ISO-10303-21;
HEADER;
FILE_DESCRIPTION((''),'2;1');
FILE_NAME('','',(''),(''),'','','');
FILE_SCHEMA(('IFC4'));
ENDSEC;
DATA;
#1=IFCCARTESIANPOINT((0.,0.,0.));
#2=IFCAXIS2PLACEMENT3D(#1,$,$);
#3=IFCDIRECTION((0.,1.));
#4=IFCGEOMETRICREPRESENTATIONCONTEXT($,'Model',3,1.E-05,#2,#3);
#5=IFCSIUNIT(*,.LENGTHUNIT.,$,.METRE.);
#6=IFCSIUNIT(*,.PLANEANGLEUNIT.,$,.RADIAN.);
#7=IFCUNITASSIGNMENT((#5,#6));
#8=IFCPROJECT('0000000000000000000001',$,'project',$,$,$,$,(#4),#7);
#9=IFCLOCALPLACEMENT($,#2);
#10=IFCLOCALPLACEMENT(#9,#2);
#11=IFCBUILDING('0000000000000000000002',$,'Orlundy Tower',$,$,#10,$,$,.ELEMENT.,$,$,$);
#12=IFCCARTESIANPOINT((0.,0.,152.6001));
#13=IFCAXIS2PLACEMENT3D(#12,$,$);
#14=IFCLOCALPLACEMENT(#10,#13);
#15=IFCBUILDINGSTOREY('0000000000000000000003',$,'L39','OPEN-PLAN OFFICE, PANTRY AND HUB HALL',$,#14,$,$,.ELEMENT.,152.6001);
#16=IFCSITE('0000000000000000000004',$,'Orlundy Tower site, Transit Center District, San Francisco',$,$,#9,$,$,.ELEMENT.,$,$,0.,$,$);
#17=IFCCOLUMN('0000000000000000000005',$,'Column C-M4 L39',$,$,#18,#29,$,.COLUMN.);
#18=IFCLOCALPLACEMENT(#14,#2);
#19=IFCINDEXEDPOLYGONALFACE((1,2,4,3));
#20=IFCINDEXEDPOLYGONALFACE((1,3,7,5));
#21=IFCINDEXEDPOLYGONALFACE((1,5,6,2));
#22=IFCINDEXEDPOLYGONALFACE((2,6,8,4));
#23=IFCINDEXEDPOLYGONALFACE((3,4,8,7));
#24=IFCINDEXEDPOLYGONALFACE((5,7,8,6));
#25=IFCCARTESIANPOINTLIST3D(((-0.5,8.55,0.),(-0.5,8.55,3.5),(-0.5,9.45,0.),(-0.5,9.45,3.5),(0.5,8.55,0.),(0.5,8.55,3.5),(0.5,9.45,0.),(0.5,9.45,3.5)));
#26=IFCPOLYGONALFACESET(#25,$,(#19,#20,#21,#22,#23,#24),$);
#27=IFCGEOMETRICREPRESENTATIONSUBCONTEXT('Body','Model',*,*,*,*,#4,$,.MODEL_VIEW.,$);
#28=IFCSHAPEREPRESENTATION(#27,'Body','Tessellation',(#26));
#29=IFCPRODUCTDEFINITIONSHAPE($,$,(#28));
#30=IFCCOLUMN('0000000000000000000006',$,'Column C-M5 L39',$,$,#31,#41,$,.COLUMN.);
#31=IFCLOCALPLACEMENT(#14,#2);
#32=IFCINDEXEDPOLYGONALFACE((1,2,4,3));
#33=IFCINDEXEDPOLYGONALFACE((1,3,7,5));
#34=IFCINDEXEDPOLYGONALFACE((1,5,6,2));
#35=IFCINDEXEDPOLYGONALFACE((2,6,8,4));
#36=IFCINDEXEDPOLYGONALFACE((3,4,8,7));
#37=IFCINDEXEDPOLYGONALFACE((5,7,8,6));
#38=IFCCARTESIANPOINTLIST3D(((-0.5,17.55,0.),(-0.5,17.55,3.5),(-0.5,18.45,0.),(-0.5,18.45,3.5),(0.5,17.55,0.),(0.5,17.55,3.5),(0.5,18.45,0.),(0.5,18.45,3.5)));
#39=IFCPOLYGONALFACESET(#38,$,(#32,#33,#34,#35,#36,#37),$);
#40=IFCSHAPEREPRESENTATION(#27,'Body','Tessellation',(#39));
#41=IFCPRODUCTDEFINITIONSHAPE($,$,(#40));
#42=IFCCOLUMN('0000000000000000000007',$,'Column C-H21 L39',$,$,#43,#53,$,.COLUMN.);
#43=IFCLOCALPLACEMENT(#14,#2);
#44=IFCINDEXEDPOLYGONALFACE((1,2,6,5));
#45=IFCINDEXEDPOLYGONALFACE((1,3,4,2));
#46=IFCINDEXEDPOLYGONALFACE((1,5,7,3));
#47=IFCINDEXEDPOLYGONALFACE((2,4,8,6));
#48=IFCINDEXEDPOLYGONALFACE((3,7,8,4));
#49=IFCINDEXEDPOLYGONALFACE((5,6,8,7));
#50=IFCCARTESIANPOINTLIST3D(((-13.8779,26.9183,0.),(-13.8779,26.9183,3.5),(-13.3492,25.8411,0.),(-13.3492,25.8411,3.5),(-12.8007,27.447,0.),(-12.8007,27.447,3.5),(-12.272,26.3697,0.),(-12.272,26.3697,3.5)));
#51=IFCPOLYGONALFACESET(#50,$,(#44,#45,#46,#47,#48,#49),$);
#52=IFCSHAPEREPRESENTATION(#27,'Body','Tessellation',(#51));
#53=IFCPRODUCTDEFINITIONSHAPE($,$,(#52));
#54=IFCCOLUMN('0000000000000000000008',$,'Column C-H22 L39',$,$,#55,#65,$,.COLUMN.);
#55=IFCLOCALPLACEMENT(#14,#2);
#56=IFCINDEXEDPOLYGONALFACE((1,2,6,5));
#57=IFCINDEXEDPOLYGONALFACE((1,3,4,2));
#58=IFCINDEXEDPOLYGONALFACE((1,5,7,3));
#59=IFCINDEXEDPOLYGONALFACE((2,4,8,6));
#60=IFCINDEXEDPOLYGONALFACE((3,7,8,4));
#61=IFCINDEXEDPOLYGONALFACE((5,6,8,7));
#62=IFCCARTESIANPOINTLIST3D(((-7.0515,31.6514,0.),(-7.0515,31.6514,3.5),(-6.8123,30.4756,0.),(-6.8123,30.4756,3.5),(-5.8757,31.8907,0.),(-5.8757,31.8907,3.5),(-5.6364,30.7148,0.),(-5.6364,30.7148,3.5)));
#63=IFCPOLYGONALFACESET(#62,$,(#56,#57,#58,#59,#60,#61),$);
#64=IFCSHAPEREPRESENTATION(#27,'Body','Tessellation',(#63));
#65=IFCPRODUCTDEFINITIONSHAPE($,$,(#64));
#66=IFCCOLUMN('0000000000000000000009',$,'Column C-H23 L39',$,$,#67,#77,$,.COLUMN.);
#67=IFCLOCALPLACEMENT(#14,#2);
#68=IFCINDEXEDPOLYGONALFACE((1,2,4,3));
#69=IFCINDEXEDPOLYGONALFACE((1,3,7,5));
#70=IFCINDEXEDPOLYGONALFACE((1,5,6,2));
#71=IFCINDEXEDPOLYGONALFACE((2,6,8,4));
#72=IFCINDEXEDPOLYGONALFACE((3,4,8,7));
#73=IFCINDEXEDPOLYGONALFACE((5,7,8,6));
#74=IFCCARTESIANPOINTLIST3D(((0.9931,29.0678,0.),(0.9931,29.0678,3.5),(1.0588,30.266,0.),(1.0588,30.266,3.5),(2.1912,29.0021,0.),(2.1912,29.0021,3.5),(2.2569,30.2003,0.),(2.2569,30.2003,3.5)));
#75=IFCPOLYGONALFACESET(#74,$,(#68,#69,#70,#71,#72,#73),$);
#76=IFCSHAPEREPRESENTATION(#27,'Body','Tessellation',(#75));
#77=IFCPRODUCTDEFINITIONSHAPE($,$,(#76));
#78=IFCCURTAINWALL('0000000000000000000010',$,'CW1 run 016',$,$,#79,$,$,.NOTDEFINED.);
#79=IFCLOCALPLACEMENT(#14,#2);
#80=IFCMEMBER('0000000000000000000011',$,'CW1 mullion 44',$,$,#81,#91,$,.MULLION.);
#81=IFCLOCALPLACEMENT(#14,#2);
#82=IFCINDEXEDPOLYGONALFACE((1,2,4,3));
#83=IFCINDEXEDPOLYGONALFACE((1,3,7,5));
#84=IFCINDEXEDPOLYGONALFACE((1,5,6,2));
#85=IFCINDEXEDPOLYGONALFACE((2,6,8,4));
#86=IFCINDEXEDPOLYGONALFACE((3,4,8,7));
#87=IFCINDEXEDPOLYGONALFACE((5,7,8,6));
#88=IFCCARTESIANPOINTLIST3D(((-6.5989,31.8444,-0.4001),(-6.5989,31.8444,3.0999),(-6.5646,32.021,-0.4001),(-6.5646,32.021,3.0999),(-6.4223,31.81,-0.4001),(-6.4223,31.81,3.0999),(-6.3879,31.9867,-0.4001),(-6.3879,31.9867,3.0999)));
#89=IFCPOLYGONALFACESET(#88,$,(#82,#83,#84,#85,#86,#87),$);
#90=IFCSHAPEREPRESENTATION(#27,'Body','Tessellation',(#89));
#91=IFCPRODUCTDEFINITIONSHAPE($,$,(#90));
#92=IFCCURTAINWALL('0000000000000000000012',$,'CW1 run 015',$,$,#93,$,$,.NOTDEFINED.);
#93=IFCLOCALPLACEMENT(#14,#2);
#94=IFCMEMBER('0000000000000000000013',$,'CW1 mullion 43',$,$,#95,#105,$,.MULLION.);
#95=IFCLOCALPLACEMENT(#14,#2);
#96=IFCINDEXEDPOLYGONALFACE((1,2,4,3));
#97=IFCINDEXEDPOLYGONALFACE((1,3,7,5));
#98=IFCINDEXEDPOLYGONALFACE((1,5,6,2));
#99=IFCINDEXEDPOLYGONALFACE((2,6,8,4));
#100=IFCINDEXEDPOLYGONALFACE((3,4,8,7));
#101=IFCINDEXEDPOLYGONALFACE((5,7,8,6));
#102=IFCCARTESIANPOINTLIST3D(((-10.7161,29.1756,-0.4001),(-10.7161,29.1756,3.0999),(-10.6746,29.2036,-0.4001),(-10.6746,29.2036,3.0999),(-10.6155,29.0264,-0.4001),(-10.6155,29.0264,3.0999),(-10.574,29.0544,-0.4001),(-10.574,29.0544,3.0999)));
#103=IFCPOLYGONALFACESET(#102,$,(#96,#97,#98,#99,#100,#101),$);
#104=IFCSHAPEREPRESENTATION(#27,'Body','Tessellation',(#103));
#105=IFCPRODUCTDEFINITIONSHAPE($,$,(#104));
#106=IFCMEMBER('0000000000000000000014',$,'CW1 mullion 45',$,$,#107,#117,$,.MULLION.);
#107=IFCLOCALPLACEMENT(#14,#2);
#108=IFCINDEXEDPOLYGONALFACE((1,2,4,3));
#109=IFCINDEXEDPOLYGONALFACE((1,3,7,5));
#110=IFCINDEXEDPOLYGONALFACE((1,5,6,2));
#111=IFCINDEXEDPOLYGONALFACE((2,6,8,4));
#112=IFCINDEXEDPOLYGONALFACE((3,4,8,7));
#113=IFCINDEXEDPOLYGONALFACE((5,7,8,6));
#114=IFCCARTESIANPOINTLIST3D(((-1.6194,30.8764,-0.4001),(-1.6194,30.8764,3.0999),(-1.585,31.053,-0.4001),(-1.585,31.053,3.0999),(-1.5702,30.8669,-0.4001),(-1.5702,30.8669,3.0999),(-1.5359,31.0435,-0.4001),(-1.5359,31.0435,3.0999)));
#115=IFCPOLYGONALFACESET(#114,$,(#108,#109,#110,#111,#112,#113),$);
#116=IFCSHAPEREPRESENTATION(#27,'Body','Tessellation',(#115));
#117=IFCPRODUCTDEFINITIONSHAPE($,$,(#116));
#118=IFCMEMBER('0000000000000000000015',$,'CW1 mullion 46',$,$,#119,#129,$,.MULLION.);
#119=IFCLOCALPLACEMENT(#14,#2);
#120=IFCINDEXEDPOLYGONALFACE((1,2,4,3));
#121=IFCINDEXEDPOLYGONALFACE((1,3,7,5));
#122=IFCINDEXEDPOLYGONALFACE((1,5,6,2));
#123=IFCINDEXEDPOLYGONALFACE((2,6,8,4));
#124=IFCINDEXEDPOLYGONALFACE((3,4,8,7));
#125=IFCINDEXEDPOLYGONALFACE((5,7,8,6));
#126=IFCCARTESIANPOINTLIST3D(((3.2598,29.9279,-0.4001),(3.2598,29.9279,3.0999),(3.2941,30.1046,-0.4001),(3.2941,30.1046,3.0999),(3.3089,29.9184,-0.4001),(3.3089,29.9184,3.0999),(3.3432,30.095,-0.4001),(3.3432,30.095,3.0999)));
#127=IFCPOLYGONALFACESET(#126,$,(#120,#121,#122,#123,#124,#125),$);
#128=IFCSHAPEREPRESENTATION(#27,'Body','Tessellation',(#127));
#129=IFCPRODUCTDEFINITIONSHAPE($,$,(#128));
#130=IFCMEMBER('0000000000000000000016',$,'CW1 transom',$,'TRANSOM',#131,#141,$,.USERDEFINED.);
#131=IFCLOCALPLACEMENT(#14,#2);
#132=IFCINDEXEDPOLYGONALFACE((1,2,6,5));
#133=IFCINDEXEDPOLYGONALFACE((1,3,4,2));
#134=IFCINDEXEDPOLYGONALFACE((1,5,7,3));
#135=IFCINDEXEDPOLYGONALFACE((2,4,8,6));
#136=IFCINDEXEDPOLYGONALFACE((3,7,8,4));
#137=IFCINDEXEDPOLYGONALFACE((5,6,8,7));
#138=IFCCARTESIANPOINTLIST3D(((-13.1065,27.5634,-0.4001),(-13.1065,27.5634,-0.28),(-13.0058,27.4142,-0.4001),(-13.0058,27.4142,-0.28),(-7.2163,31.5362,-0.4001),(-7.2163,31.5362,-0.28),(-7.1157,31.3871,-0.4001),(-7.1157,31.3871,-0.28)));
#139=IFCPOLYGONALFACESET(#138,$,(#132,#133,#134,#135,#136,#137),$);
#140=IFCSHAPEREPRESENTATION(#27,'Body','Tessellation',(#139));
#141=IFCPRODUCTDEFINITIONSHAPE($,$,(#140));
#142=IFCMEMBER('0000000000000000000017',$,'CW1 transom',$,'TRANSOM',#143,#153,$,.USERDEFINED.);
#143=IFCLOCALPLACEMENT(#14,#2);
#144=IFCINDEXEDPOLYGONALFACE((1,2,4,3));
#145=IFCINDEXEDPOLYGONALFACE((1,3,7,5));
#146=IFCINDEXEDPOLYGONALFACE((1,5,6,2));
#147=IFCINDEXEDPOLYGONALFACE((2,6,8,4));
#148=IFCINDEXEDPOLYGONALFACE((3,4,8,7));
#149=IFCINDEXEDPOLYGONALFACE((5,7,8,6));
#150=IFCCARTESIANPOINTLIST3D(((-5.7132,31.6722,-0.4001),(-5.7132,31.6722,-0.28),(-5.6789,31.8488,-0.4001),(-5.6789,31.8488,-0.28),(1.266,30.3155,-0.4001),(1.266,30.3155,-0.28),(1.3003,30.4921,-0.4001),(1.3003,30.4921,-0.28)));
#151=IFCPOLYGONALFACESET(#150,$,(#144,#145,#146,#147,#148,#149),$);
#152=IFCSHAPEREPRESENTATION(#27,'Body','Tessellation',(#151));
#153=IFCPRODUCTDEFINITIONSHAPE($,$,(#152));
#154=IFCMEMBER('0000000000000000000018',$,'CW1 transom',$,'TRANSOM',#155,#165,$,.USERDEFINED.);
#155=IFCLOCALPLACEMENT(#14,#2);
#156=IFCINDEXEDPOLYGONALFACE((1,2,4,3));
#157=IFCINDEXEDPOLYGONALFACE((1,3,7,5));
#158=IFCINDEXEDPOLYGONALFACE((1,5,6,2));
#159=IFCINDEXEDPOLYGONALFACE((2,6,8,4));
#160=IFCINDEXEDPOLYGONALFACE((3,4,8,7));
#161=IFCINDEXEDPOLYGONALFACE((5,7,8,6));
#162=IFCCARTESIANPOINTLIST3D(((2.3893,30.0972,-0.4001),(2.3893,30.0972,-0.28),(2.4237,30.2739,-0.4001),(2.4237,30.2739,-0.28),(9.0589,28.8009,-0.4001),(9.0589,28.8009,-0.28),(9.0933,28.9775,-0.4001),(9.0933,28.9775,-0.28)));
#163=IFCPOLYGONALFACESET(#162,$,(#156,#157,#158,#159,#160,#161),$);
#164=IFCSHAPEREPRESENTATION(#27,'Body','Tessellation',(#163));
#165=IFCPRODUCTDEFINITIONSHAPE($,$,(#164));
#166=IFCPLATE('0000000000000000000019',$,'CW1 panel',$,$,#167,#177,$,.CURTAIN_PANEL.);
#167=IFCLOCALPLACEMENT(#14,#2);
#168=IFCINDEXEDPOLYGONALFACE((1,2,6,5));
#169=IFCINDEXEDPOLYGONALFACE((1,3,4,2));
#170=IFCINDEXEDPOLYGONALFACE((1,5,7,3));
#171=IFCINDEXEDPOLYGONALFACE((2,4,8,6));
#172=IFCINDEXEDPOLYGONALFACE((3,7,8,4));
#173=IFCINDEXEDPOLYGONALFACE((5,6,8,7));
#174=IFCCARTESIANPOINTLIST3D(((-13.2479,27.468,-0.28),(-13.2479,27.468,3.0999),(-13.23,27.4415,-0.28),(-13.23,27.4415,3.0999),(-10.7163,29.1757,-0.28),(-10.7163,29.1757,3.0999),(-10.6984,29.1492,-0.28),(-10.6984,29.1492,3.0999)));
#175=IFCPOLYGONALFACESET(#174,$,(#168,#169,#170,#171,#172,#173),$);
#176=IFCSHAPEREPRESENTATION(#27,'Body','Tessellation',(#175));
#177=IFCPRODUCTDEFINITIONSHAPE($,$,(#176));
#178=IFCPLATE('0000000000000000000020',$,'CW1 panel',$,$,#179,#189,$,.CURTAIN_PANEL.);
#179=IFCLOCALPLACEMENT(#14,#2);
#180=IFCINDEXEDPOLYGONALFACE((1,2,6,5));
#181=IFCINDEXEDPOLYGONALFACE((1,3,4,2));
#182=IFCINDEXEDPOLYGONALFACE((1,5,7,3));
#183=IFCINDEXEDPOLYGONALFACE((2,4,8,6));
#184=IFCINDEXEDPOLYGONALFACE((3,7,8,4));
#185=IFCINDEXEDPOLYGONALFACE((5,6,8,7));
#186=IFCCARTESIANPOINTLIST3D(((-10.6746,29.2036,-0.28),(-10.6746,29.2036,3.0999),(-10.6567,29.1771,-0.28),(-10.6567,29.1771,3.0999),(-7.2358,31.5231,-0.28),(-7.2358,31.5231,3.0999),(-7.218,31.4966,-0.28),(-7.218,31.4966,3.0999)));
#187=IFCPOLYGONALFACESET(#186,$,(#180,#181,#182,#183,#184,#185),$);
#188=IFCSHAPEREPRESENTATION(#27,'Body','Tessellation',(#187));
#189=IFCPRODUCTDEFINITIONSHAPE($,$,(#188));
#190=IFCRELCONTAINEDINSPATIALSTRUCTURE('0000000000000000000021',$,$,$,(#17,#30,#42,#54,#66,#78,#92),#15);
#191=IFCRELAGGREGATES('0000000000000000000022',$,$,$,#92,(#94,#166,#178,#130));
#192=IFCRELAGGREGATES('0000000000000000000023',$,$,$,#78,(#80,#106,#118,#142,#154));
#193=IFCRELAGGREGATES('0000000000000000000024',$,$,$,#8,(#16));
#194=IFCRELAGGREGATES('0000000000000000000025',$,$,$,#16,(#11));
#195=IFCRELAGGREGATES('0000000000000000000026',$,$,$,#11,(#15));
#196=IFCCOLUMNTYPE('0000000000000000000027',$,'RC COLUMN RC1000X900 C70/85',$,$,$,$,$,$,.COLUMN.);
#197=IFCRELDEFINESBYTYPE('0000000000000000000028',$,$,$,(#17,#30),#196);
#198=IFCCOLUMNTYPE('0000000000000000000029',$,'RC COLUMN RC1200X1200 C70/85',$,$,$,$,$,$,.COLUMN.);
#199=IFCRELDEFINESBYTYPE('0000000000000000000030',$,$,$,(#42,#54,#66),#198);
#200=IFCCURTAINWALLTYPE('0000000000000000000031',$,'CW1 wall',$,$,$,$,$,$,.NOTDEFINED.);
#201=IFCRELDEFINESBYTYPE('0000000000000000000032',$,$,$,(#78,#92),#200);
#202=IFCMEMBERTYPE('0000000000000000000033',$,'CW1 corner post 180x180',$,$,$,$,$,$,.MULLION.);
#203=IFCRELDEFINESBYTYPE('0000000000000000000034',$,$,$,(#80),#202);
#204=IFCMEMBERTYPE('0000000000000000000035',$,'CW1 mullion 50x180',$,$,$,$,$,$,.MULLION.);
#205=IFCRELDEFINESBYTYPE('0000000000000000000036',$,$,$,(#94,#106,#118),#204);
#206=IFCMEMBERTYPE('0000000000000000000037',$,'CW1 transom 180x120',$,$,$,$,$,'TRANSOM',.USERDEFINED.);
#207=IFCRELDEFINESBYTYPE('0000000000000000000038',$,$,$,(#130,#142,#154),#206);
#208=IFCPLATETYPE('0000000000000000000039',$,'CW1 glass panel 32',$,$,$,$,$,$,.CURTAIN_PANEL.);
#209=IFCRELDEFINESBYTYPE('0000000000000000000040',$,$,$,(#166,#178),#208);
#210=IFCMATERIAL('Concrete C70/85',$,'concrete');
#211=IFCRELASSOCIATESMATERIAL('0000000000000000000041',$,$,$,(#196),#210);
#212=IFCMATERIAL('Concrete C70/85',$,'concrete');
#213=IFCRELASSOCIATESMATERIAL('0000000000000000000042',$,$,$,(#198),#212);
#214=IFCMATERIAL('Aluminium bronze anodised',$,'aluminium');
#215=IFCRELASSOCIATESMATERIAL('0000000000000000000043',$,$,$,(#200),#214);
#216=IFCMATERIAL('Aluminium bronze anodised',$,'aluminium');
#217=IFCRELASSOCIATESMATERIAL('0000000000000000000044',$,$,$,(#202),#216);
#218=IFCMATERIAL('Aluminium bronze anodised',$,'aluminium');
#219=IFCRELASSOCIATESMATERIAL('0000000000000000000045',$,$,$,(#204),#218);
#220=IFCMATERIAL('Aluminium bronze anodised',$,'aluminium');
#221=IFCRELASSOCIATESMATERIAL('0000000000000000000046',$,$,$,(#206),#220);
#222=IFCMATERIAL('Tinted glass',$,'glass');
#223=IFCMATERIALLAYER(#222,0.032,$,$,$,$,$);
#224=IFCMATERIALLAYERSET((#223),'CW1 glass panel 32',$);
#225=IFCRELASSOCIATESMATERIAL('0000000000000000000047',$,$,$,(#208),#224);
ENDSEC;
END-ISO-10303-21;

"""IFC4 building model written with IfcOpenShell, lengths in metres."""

from ifc_helpers import new_model, si_unit, direction, frame, origin, origin_2d, place, context, subcontext, project, spatial, rectangle, extrude, material, layer, layer_set, material_profile, profile_set, type_object, element, aggregate, save


model = new_model("IFC4")

# Units and contexts
model_context = context("Model", 3, precision=1e-05, world=origin(), true_north=direction((0.0, 1.0)))
body_context = subcontext(model_context, "Body", "Model", "MODEL_VIEW")
ifc_project = project(units=[si_unit("LENGTHUNIT", "METRE"), si_unit("PLANEANGLEUNIT", "RADIAN")], contexts=[model_context])

# Site, building, storey
site_placement = place(None, origin())
site = spatial("IfcSite", under=ifc_project, at=site_placement, Name="Orlundy Tower site, Transit Center District, San Francisco", CompositionType="ELEMENT", RefElevation=0.0)
building_placement = place(site_placement, origin())
building = spatial("IfcBuilding", under=site, at=building_placement, Name="Orlundy Tower", CompositionType="ELEMENT")
storey_placement = place(building_placement, frame((0.0, 0.0, 152.6001)))
storey = spatial("IfcBuildingStorey", under=building, at=storey_placement, Name="L39", Description="OPEN-PLAN OFFICE, PANTRY AND HUB HALL", CompositionType="ELEMENT", Elevation=152.6001)

# Columns
ifc_material_1 = material(Name="Concrete C70/85", Category="concrete")
ifc_material_profile_1 = material_profile(ifc_material_1, rectangle(XDim=1.0, YDim=0.8999, at=origin_2d()), Name="RC1000X900")
ifc_profile_set_1 = profile_set([ifc_material_profile_1], Name="Concrete C70/85")
column_type_1 = type_object("IfcColumnType", Name="RC COLUMN RC1000X900 C70/85", PredefinedType="COLUMN", material=ifc_profile_set_1)
for number, where, z_axis, x_axis, name in (
    (1, (0.0, 9.0, 0.0), (0.0, 0.0, 1.0), (1.0, 0.0, 0.0), "Column C-M4 L39"),
    (2, (0.0, 18.0, 0.0), (0.0, 0.0, 1.0), (1.0, 0.0, 0.0), "Column C-M5 L39"),
):
    element("IfcColumn", number, at=place(storey_placement, frame(where, z_axis=z_axis, x_axis=x_axis)), inside=storey, type_object=column_type_1, Name=name, PredefinedType="COLUMN", context=body_context, shape_type="SweptSolid", body=[
        extrude(rectangle(XDim=1.0, YDim=0.8999, at=origin_2d()), origin(), (0.0, 0.0, 1.0), 3.5),
    ])
ifc_material_2 = material(Name="Concrete C70/85", Category="concrete")
ifc_material_profile_2 = material_profile(ifc_material_2, rectangle(XDim=1.2, YDim=1.2, at=origin_2d()), Name="RC1200X1200")
ifc_profile_set_2 = profile_set([ifc_material_profile_2], Name="Concrete C70/85")
column_type_2 = type_object("IfcColumnType", Name="RC COLUMN RC1200X1200 C70/85", PredefinedType="COLUMN", material=ifc_profile_set_2)
for number, where, z_axis, x_axis, name in (
    (3, (-13.075, 26.644, 0.0), (0.0, 0.0, 1.0), (-0.44055, 0.897728, 0.0), "Column C-H21 L39"),
    (4, (-6.344, 31.1831, 0.0), (0.0, 0.0, 1.0), (-0.199368, 0.979925, 0.0), "Column C-H22 L39"),
    (5, (1.625, 29.634, 0.0), (0.0, 0.0, 1.0), (0.054758, 0.9985, 0.0), "Column C-H23 L39"),
):
    element("IfcColumn", number, at=place(storey_placement, frame(where, z_axis=z_axis, x_axis=x_axis)), inside=storey, type_object=column_type_2, Name=name, PredefinedType="COLUMN", context=body_context, shape_type="SweptSolid", body=[
        extrude(rectangle(XDim=1.2, YDim=1.2, at=origin_2d()), origin(), (0.0, 0.0, 1.0), 3.5),
    ])

# Curtain walls, members
ifc_material_3 = material(Name="Aluminium bronze anodised", Category="aluminium")
curtain_wall_type = type_object("IfcCurtainWallType", Name="CW1 wall", PredefinedType="NOTDEFINED", material=ifc_material_3)
curtain_wall_1_placement = place(storey_placement, origin())
curtain_wall_1 = element("IfcCurtainWall", 6, at=curtain_wall_1_placement, inside=storey, type_object=curtain_wall_type, Name="CW1 run 016", PredefinedType="NOTDEFINED")
ifc_material_4 = material(Name="Aluminium bronze anodised", Category="aluminium")
ifc_material_profile_3 = material_profile(ifc_material_4, rectangle(XDim=0.1799, YDim=0.1799, at=origin_2d()), Name="CW1 corner post 180x180")
ifc_profile_set_3 = profile_set([ifc_material_profile_3], Name="Aluminium bronze anodised")
member_type_1 = type_object("IfcMemberType", Name="CW1 corner post 180x180", PredefinedType="MULLION", material=ifc_profile_set_3)
member_1_placement = place(storey_placement, frame((-6.4934, 31.9155, -0.4001), z_axis=(0.0, 0.0, 1.0), x_axis=(0.190805, 0.981628, 0.0)))
member_1 = element("IfcMember", 7, at=member_1_placement, type_object=member_type_1, Name="CW1 mullion 44", PredefinedType="MULLION", context=body_context, shape_type="SweptSolid", body=[
    extrude(rectangle(XDim=0.1799, YDim=0.1799, at=origin_2d()), origin(), (0.0, 0.0, 1.0), 3.5),
])
curtain_wall_2_placement = place(storey_placement, origin())
curtain_wall_2 = element("IfcCurtainWall", 8, at=curtain_wall_2_placement, inside=storey, type_object=curtain_wall_type, Name="CW1 run 015", PredefinedType="NOTDEFINED")
ifc_material_5 = material(Name="Aluminium bronze anodised", Category="aluminium")
ifc_material_profile_4 = material_profile(ifc_material_5, rectangle(XDim=0.1799, YDim=0.05, at=origin_2d()), Name="CW1 mullion 50x180")
ifc_profile_set_4 = profile_set([ifc_material_profile_4], Name="Aluminium bronze anodised")
member_type_2 = type_object("IfcMemberType", Name="CW1 mullion 50x180", PredefinedType="MULLION", material=ifc_profile_set_4)
member_2_placement = place(storey_placement, frame((-10.645, 29.115, -0.4001), z_axis=(0.0, 0.0, 1.0), x_axis=(-0.559205, 0.82903, 0.0)))
member_2 = element("IfcMember", 9, at=member_2_placement, type_object=member_type_2, Name="CW1 mullion 43", PredefinedType="MULLION", context=body_context, shape_type="SweptSolid", body=[
    extrude(rectangle(XDim=0.1799, YDim=0.05, at=origin_2d()), origin(), (0.0, 0.0, 1.0), 3.5),
])

# Members
member_3_placement = place(storey_placement, frame((-1.5776, 30.96, -0.4001), z_axis=(0.0, 0.0, 1.0), x_axis=(0.190805, 0.981628, 0.0)))
member_3 = element("IfcMember", 10, at=member_3_placement, type_object=member_type_2, Name="CW1 mullion 45", PredefinedType="MULLION", context=body_context, shape_type="SweptSolid", body=[
    extrude(rectangle(XDim=0.1799, YDim=0.05, at=origin_2d()), origin(), (0.0, 0.0, 1.0), 3.5),
])
member_4_placement = place(storey_placement, frame((3.3015, 30.0115, -0.4001), z_axis=(0.0, 0.0, 1.0), x_axis=(0.190805, 0.981628, 0.0)))
member_4 = element("IfcMember", 11, at=member_4_placement, type_object=member_type_2, Name="CW1 mullion 46", PredefinedType="MULLION", context=body_context, shape_type="SweptSolid", body=[
    extrude(rectangle(XDim=0.1799, YDim=0.05, at=origin_2d()), origin(), (0.0, 0.0, 1.0), 3.5),
])
ifc_material_6 = material(Name="Aluminium bronze anodised", Category="aluminium")
ifc_material_profile_5 = material_profile(ifc_material_6, rectangle(XDim=0.1799, YDim=0.1201, at=origin_2d()), Name="CW1 transom 180x120")
ifc_profile_set_5 = profile_set([ifc_material_profile_5], Name="Aluminium bronze anodised")
member_type_3 = type_object("IfcMemberType", Name="CW1 transom 180x120", ElementType="TRANSOM", PredefinedType="USERDEFINED", material=ifc_profile_set_5)
member_5_placement = place(storey_placement, frame((-13.0562, 27.4888, -0.3401), z_axis=(0.829041, 0.559188, 0.0), x_axis=(-0.559188, 0.829041, 0.0)))
member_5 = element("IfcMember", 12, at=member_5_placement, type_object=member_type_3, Name="CW1 transom", ObjectType="TRANSOM", PredefinedType="USERDEFINED", context=body_context, shape_type="SweptSolid", body=[
    extrude(rectangle(XDim=0.1799, YDim=0.1201, at=origin_2d()), origin(), (0.0, 0.0, 1.0), 7.1047),
])
member_6_placement = place(storey_placement, frame((-5.696, 31.7605, -0.3401), z_axis=(0.981626, -0.190817, 0.0), x_axis=(0.190817, 0.981626, 0.0)))
member_6 = element("IfcMember", 13, at=member_6_placement, type_object=member_type_3, Name="CW1 transom", ObjectType="TRANSOM", PredefinedType="USERDEFINED", context=body_context, shape_type="SweptSolid", body=[
    extrude(rectangle(XDim=0.1799, YDim=0.1201, at=origin_2d()), origin(), (0.0, 0.0, 1.0), 7.1099),
])
member_7_placement = place(storey_placement, frame((2.4065, 30.1855, -0.3401), z_axis=(0.981629, -0.190799, 0.0), x_axis=(0.190799, 0.981629, 0.0)))
member_7 = element("IfcMember", 14, at=member_7_placement, type_object=member_type_3, Name="CW1 transom", ObjectType="TRANSOM", PredefinedType="USERDEFINED", context=body_context, shape_type="SweptSolid", body=[
    extrude(rectangle(XDim=0.1799, YDim=0.1201, at=origin_2d()), origin(), (0.0, 0.0, 1.0), 6.7944),
])

# Plates
ifc_material_7 = material(Name="Tinted glass", Category="glass")
ifc_layer_1 = layer(ifc_material_7, 0.032)
ifc_layer_set_1 = layer_set([ifc_layer_1], Name="CW1 glass panel 32")
plate_type = type_object("IfcPlateType", Name="CW1 glass panel 32", PredefinedType="CURTAIN_PANEL", material=ifc_layer_set_1)
plate_1_placement = place(storey_placement, frame((-11.9731, 28.3086, -0.28), z_axis=(0.0, 0.0, 1.0), x_axis=(0.82903, 0.559205, 0.0)))
plate_1 = element("IfcPlate", 15, at=plate_1_placement, type_object=plate_type, Name="CW1 panel", PredefinedType="CURTAIN_PANEL", context=body_context, shape_type="SweptSolid", body=[
    extrude(rectangle(XDim=3.0537, YDim=0.032, at=origin_2d()), origin(), (0.0, 0.0, 1.0), 3.3799),
])
plate_2_placement = place(storey_placement, frame((-8.9463, 30.3501, -0.28), z_axis=(0.0, 0.0, 1.0), x_axis=(0.82903, 0.559205, 0.0)))
plate_2 = element("IfcPlate", 16, at=plate_2_placement, type_object=plate_type, Name="CW1 panel", PredefinedType="CURTAIN_PANEL", context=body_context, shape_type="SweptSolid", body=[
    extrude(rectangle(XDim=4.1479, YDim=0.032, at=origin_2d()), origin(), (0.0, 0.0, 1.0), 3.3799),
])
aggregate(curtain_wall_2, [member_2, plate_1, plate_2, member_5])
aggregate(curtain_wall_1, [member_1, member_3, member_4, member_6, member_7])

save(model, "model.ifc")
